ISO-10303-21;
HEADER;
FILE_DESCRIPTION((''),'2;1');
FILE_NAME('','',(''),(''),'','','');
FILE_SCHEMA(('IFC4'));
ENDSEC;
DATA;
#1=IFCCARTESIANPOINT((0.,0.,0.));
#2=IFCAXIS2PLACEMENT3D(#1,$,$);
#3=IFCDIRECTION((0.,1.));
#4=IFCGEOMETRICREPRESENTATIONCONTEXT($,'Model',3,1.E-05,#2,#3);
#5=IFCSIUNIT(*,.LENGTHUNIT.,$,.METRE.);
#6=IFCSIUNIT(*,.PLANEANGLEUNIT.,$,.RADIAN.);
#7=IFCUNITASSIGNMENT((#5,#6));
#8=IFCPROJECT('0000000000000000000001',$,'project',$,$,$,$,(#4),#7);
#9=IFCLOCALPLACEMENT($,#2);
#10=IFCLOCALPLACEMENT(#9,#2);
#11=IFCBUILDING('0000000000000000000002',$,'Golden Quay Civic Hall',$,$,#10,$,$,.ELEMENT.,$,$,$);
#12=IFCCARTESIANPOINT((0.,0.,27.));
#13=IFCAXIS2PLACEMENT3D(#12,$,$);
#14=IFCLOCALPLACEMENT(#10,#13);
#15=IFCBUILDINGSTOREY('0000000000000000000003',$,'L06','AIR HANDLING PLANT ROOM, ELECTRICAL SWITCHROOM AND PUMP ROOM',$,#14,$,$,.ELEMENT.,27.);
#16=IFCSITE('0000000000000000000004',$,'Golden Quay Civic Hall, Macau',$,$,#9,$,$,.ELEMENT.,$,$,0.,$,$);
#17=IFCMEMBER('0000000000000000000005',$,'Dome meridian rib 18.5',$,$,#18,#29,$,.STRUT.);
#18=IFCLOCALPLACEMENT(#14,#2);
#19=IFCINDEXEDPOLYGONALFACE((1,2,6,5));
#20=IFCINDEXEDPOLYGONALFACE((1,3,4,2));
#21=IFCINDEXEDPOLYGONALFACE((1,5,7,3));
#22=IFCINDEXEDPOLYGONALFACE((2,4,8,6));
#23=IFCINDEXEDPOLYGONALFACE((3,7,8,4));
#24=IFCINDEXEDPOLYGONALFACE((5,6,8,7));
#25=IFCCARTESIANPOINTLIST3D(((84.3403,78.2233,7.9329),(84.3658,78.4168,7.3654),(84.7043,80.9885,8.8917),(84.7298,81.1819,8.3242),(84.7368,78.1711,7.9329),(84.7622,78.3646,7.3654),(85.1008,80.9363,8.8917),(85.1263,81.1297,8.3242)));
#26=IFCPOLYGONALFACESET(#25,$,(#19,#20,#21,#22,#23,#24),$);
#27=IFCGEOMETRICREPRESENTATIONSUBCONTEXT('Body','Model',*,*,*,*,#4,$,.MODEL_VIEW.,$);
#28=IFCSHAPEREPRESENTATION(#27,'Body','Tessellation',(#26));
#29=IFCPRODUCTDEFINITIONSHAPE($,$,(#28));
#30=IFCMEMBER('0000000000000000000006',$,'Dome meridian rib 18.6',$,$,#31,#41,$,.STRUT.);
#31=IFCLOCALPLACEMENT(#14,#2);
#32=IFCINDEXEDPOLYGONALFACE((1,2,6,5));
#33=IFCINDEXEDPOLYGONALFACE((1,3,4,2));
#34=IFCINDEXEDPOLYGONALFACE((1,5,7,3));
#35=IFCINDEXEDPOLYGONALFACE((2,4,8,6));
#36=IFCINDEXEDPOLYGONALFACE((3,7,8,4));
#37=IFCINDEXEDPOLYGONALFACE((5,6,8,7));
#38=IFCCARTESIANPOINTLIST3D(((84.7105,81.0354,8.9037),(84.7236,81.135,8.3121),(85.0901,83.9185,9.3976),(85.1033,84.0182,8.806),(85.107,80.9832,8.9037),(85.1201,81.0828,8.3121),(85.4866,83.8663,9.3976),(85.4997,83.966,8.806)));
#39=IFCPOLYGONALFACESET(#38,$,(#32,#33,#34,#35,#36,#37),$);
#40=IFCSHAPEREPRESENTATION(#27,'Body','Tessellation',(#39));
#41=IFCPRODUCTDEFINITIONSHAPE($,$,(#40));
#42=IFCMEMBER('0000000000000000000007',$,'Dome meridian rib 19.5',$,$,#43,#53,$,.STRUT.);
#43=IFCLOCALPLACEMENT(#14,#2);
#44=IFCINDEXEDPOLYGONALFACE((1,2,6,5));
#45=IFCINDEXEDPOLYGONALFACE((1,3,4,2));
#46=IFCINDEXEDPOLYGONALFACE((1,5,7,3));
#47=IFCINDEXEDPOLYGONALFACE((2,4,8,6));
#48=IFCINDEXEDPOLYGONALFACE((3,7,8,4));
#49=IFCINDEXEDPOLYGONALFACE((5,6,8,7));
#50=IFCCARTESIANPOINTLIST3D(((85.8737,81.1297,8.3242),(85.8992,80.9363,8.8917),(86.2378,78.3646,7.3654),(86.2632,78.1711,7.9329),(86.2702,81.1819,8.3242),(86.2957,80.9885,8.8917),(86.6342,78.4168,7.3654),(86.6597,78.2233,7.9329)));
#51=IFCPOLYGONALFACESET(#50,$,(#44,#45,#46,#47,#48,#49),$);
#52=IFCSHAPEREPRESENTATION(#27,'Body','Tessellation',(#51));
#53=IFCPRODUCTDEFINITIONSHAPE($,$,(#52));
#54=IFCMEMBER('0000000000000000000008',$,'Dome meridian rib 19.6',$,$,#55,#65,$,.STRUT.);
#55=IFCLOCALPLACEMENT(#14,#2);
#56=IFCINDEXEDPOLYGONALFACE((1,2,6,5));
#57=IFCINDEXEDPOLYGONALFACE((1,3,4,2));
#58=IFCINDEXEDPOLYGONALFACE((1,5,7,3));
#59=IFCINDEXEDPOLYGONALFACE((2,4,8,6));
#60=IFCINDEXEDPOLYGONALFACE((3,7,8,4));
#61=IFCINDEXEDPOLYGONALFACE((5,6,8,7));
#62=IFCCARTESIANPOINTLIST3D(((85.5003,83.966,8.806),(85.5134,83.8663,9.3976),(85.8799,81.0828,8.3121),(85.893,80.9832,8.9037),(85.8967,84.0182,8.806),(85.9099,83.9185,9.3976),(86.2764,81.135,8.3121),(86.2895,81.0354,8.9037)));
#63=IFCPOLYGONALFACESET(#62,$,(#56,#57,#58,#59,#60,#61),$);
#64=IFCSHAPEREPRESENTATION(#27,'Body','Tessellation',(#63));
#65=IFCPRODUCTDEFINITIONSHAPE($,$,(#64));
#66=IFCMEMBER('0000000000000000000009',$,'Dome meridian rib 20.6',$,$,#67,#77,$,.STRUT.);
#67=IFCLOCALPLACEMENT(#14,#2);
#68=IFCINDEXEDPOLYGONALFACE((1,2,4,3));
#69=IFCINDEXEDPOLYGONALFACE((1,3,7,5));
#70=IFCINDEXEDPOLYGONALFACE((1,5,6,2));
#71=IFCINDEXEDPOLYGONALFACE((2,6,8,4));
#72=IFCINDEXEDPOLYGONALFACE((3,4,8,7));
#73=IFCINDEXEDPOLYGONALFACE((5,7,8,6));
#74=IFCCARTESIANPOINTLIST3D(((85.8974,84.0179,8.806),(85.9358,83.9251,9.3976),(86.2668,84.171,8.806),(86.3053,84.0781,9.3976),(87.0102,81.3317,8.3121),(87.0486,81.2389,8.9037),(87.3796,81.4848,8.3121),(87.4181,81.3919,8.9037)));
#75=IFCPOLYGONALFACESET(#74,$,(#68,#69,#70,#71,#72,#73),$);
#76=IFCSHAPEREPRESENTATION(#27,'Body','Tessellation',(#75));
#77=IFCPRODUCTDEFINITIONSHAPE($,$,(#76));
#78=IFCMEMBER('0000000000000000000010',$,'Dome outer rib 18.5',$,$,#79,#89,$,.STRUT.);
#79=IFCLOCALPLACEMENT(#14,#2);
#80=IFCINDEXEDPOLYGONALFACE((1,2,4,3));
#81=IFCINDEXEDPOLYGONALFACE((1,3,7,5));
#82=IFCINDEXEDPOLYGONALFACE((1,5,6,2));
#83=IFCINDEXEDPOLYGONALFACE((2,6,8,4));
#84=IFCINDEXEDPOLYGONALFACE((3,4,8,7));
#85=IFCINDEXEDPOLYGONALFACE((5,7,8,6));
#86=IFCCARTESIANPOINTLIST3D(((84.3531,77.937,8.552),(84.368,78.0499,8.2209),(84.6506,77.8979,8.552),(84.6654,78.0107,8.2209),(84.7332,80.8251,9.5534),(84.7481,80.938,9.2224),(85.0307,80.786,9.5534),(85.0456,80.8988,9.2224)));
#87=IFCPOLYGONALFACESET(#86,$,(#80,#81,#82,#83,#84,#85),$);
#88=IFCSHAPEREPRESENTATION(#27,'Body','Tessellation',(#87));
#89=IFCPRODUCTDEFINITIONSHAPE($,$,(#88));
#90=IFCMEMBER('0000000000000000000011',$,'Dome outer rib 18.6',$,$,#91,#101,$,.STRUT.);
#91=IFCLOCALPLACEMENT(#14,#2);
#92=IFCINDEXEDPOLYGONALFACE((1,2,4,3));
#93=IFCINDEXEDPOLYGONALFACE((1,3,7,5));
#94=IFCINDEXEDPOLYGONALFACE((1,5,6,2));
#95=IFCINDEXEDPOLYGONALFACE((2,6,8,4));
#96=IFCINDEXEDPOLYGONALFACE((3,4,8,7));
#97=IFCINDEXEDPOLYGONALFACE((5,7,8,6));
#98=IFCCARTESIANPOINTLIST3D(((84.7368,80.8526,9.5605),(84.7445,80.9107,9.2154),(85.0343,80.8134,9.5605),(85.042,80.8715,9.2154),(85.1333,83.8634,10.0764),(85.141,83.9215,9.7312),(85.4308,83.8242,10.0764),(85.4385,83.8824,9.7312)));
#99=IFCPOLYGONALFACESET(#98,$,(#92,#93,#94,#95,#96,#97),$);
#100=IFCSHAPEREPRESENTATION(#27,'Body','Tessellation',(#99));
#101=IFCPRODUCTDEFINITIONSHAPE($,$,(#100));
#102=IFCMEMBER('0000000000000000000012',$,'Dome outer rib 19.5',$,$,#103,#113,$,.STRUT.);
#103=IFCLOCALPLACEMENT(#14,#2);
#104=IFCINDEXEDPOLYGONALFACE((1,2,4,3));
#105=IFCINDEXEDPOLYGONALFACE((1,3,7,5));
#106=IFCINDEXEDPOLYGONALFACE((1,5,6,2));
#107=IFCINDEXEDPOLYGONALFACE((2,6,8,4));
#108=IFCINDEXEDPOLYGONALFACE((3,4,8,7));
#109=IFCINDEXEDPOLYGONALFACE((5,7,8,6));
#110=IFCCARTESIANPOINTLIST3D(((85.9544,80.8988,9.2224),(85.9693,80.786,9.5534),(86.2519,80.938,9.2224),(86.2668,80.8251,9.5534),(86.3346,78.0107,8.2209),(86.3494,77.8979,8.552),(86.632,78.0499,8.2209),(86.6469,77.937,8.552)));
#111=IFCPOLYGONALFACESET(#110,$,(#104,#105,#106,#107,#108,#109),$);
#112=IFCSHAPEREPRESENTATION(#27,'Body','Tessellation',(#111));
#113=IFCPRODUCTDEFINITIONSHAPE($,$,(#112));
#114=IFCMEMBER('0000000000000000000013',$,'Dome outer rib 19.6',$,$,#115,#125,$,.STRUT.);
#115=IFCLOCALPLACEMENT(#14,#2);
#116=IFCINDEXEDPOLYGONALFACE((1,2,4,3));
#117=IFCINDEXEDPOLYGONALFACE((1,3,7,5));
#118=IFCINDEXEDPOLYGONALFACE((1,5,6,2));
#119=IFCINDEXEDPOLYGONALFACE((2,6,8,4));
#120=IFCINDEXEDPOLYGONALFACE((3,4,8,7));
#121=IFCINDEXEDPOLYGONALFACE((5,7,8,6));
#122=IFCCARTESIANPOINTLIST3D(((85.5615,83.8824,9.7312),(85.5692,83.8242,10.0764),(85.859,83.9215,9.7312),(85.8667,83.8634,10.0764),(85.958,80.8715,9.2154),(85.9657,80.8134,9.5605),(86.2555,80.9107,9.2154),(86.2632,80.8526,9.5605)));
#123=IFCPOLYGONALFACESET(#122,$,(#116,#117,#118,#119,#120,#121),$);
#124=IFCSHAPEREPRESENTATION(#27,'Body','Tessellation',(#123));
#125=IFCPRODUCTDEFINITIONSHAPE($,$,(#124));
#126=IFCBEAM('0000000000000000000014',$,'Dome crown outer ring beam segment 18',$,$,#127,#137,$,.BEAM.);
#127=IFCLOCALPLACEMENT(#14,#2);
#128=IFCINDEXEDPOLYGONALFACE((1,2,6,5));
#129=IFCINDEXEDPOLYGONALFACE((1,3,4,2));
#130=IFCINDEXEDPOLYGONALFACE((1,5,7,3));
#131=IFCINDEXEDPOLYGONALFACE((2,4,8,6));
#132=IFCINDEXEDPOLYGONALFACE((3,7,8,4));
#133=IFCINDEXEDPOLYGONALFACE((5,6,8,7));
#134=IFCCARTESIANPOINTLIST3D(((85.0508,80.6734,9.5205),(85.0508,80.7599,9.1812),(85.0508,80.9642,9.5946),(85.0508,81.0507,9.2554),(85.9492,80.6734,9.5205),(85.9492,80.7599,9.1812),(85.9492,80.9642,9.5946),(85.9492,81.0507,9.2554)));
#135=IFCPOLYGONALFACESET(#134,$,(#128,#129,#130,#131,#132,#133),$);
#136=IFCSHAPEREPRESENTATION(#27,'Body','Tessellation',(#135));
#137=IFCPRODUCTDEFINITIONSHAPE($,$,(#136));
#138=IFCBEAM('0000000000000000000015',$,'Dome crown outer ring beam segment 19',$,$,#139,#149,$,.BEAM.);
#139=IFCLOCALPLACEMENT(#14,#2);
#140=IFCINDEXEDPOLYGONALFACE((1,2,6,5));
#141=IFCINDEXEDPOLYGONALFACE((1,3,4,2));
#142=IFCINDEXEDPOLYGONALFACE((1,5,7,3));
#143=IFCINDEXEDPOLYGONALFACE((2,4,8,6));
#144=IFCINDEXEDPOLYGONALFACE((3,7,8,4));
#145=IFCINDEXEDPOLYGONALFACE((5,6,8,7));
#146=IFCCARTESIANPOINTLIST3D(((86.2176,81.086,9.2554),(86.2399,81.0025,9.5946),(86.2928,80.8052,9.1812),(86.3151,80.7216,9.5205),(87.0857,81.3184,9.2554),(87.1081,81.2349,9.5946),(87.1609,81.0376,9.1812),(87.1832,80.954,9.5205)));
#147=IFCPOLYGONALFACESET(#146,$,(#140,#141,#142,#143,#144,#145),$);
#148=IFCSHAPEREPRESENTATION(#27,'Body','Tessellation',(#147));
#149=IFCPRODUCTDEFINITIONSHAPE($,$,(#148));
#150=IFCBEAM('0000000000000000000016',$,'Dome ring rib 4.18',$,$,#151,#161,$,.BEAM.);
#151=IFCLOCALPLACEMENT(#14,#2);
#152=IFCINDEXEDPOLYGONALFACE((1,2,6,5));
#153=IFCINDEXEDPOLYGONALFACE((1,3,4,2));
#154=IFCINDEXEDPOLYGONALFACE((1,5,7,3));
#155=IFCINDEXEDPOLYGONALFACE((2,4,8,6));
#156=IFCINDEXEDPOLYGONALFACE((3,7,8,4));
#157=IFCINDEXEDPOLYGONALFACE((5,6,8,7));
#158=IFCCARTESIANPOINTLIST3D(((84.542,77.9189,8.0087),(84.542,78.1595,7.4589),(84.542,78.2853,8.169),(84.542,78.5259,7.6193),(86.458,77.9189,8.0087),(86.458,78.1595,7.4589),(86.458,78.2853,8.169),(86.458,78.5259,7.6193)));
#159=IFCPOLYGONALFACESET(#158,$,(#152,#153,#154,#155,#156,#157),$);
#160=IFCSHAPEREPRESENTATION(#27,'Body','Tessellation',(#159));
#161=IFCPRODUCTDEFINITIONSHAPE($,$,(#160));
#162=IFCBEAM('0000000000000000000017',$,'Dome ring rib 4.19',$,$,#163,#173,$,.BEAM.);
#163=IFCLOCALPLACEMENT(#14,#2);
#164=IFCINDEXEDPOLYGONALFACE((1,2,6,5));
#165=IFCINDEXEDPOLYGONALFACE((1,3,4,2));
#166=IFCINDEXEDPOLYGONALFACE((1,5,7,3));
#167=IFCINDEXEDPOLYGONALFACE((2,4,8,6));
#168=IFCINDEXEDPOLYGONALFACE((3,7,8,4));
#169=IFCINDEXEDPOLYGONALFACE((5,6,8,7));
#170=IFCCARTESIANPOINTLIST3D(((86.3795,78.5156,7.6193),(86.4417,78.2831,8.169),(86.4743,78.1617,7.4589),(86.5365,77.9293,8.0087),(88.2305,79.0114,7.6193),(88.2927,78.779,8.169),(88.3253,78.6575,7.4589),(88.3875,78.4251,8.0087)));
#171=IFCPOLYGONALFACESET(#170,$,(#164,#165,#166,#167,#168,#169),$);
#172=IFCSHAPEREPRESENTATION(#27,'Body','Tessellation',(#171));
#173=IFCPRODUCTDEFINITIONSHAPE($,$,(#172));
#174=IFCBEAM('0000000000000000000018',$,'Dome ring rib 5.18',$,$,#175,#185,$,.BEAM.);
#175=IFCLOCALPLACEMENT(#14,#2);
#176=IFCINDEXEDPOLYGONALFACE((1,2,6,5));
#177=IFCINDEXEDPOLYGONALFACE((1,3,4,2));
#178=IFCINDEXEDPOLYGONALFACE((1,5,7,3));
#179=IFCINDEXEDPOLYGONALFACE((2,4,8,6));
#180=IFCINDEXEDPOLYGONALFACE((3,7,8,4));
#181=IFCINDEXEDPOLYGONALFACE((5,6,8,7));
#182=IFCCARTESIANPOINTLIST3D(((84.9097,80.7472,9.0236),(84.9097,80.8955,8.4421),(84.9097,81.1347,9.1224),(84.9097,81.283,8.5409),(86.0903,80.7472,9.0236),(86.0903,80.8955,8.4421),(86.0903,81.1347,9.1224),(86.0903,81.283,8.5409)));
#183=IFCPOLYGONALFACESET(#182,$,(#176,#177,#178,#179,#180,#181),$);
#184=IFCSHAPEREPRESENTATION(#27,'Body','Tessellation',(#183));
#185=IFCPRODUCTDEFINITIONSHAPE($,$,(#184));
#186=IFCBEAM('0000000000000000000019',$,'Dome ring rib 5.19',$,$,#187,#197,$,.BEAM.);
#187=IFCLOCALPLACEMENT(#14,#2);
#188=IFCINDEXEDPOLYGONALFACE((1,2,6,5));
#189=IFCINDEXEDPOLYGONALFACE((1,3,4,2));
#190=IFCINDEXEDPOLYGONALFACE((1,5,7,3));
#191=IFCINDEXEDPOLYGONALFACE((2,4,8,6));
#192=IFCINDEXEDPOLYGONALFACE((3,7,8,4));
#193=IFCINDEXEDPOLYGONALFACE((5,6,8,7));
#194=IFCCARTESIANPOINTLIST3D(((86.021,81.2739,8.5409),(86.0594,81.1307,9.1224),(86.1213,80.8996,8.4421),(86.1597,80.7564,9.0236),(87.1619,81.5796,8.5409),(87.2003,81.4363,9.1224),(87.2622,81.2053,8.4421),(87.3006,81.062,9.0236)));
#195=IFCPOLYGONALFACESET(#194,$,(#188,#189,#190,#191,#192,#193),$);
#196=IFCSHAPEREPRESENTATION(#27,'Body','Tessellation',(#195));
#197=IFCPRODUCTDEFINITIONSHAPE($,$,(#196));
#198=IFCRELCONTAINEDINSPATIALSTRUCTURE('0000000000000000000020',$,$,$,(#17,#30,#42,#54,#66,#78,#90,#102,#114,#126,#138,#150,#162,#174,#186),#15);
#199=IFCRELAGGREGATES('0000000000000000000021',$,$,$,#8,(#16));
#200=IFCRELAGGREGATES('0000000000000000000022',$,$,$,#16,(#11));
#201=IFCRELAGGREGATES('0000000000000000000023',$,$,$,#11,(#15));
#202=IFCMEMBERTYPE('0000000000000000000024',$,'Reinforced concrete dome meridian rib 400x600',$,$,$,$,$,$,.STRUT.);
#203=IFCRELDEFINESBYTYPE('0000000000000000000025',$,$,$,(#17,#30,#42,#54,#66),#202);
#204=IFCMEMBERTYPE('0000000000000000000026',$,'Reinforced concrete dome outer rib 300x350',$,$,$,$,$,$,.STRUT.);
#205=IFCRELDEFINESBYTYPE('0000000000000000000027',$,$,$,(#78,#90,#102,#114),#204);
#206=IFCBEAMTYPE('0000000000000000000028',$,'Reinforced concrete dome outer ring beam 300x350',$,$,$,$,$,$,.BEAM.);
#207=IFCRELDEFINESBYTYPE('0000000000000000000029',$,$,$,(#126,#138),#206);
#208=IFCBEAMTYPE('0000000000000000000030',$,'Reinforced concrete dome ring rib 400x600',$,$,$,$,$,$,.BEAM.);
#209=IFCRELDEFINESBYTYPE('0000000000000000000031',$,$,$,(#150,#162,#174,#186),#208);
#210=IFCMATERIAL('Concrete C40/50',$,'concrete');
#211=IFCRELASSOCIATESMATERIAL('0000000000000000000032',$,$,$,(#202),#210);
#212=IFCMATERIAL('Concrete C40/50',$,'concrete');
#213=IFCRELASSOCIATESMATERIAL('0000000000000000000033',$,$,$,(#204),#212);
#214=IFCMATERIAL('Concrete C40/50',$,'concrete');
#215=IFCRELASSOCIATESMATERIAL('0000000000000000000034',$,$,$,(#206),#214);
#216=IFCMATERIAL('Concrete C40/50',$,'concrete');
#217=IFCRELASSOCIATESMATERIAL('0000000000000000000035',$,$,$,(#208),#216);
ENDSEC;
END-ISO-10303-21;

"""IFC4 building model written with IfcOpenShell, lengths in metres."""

from ifc_helpers import new_model, si_unit, direction, frame, origin, origin_2d, place, context, subcontext, project, spatial, rectangle, extrude, material, material_profile, profile_set, type_object, element, save


model = new_model("IFC4")

# Units and contexts
model_context = context("Model", 3, precision=1e-05, world=origin(), true_north=direction((0.0, 1.0)))
body_context = subcontext(model_context, "Body", "Model", "MODEL_VIEW")
ifc_project = project(units=[si_unit("LENGTHUNIT", "METRE"), si_unit("PLANEANGLEUNIT", "RADIAN")], contexts=[model_context])

# Site, building, storey
site_placement = place(None, origin())
site = spatial("IfcSite", under=ifc_project, at=site_placement, Name="Golden Quay Civic Hall, Macau", CompositionType="ELEMENT", RefElevation=0.0)
building_placement = place(site_placement, origin())
building = spatial("IfcBuilding", under=site, at=building_placement, Name="Golden Quay Civic Hall", CompositionType="ELEMENT")
storey_placement = place(building_placement, frame((0.0, 0.0, 27.0)))
storey = spatial("IfcBuildingStorey", under=building, at=storey_placement, Name="L06", Description="AIR HANDLING PLANT ROOM, ELECTRICAL SWITCHROOM AND PUMP ROOM", CompositionType="ELEMENT", Elevation=27.0)

# Members
ifc_material_1 = material(Name="Concrete C40/50", Category="concrete")
ifc_material_profile_1 = material_profile(ifc_material_1, rectangle(XDim=0.3999, YDim=0.6001, at=origin_2d()), Name="RC 400x600")
ifc_profile_set_1 = profile_set([ifc_material_profile_1], Name="Concrete C40/50")
member_type_1 = type_object("IfcMemberType", Name="Reinforced concrete dome meridian rib 400x600", PredefinedType="STRUT", material=ifc_profile_set_1)
member_1_placement = place(storey_placement, frame((84.5513, 78.2939, 7.6492), z_axis=(0.123429, 0.937595, 0.325087), x_axis=(-0.991446, 0.130518, 0.0)))
element("IfcMember", 1, at=member_1_placement, inside=storey, type_object=member_type_1, Name="Dome meridian rib 18.5", PredefinedType="STRUT", context=body_context, shape_type="SweptSolid", body=[
    extrude(rectangle(XDim=0.3999, YDim=0.6001, at=origin_2d()), origin(), (0.0, 0.0, 1.0), 2.9492),
])
member_2_placement = place(storey_placement, frame((84.9153, 81.0591, 8.6079), z_axis=(0.128709, 0.977444, 0.167446), x_axis=(-0.991441, 0.130552, 0.0)))
element("IfcMember", 2, at=member_2_placement, inside=storey, type_object=member_type_1, Name="Dome meridian rib 18.6", PredefinedType="STRUT", context=body_context, shape_type="SweptSolid", body=[
    extrude(rectangle(XDim=0.3999, YDim=0.6001, at=origin_2d()), origin(), (0.0, 0.0, 1.0), 2.9497),
])
member_3_placement = place(storey_placement, frame((86.4487, 78.2939, 7.6492), z_axis=(-0.123429, 0.937595, 0.325087), x_axis=(-0.991446, -0.130518, 0.0)))
element("IfcMember", 3, at=member_3_placement, inside=storey, type_object=member_type_1, Name="Dome meridian rib 19.5", PredefinedType="STRUT", context=body_context, shape_type="SweptSolid", body=[
    extrude(rectangle(XDim=0.3999, YDim=0.6001, at=origin_2d()), origin(), (0.0, 0.0, 1.0), 2.9492),
])
member_4_placement = place(storey_placement, frame((86.0847, 81.0591, 8.6079), z_axis=(-0.128709, 0.977444, 0.167446), x_axis=(-0.991441, -0.130552, 0.0)))
element("IfcMember", 4, at=member_4_placement, inside=storey, type_object=member_type_1, Name="Dome meridian rib 19.6", PredefinedType="STRUT", context=body_context, shape_type="SweptSolid", body=[
    extrude(rectangle(XDim=0.3999, YDim=0.6001, at=origin_2d()), origin(), (0.0, 0.0, 1.0), 2.9497),
])
member_5_placement = place(storey_placement, frame((87.2141, 81.3618, 8.6079), z_axis=(-0.377308, 0.910821, 0.167463), x_axis=(-0.923867, -0.382713, 0.0)))
element("IfcMember", 5, at=member_5_placement, inside=storey, type_object=member_type_1, Name="Dome meridian rib 20.6", PredefinedType="STRUT", context=body_context, shape_type="SweptSolid", body=[
    extrude(rectangle(XDim=0.3999, YDim=0.6001, at=origin_2d()), origin(), (0.0, 0.0, 1.0), 2.9492),
])
ifc_material_2 = material(Name="Concrete C40/50", Category="concrete")
ifc_material_profile_2 = material_profile(ifc_material_2, rectangle(XDim=0.3, YDim=0.3501, at=origin_2d()), Name="RC 300x350")
ifc_profile_set_2 = profile_set([ifc_material_profile_2], Name="Concrete C40/50")
member_type_2 = type_object("IfcMemberType", Name="Reinforced concrete dome outer rib 300x350", PredefinedType="STRUT", material=ifc_profile_set_2)
for number, where, z_axis, x_axis, name in (
    (6, (84.5093, 77.9739, 8.3865), (0.123401, 0.937592, 0.325106), (-0.99145, 0.130489, 0.0), "Dome outer rib 18.5"),
    (7, (84.8894, 80.8621, 9.3879), (0.128719, 0.977437, 0.167477), (-0.99144, 0.130563, 0.0), "Dome outer rib 18.6"),
    (8, (86.4907, 77.9739, 8.3865), (-0.123401, 0.937592, 0.325106), (-0.99145, -0.130489, 0.0), "Dome outer rib 19.5"),
    (9, (86.1106, 80.8621, 9.3879), (-0.128719, 0.977437, 0.167477), (-0.99144, -0.130563, 0.0), "Dome outer rib 19.6"),
):
    element("IfcMember", number, at=place(storey_placement, frame(where, z_axis=z_axis, x_axis=x_axis)), inside=storey, type_object=member_type_2, Name=name, PredefinedType="STRUT", context=body_context, shape_type="SweptSolid", body=[
        extrude(rectangle(XDim=0.3, YDim=0.3501, at=origin_2d()), origin(), (0.0, 0.0, 1.0), 3.0803),
    ])

# Beams
ifc_material_3 = material(Name="Concrete C40/50", Category="concrete")
ifc_material_profile_3 = material_profile(ifc_material_3, rectangle(XDim=0.3, YDim=0.3501, at=origin_2d()), Name="RC 300x350")
ifc_profile_set_3 = profile_set([ifc_material_profile_3], Name="Concrete C40/50")
beam_type_1 = type_object("IfcBeamType", Name="Reinforced concrete dome outer ring beam 300x350", PredefinedType="BEAM", material=ifc_profile_set_3)
beam_1_placement = place(storey_placement, frame((85.0508, 80.8621, 9.3879), z_axis=(1.0, 0.0, 0.0), x_axis=(0.0, 0.968992, 0.247094)))
element("IfcBeam", 10, at=beam_1_placement, inside=storey, type_object=beam_type_1, Name="Dome crown outer ring beam segment 18", PredefinedType="BEAM", context=body_context, shape_type="SweptSolid", body=[
    extrude(rectangle(XDim=0.3, YDim=0.3501, at=origin_2d()), origin(), (0.0, 0.0, 1.0), 0.8984),
])
beam_2_placement = place(storey_placement, frame((86.2664, 80.9038, 9.3879), z_axis=(0.965982, 0.258609, 0.0), x_axis=(-0.25059, 0.936028, 0.247094)))
element("IfcBeam", 11, at=beam_2_placement, inside=storey, type_object=beam_type_1, Name="Dome crown outer ring beam segment 19", PredefinedType="BEAM", context=body_context, shape_type="SweptSolid", body=[
    extrude(rectangle(XDim=0.3, YDim=0.3501, at=origin_2d()), origin(), (0.0, 0.0, 1.0), 0.8987),
])
ifc_material_4 = material(Name="Concrete C40/50", Category="concrete")
ifc_material_profile_4 = material_profile(ifc_material_4, rectangle(XDim=0.3999, YDim=0.6001, at=origin_2d()), Name="RC 400x600")
ifc_profile_set_4 = profile_set([ifc_material_profile_4], Name="Concrete C40/50")
beam_type_2 = type_object("IfcBeamType", Name="Reinforced concrete dome ring rib 400x600", PredefinedType="BEAM", material=ifc_profile_set_4)
beam_3_placement = place(storey_placement, frame((84.542, 78.2224, 7.814), z_axis=(1.0, 0.0, 0.0), x_axis=(0.0, 0.916096, 0.400958)))
element("IfcBeam", 12, at=beam_3_placement, inside=storey, type_object=beam_type_2, Name="Dome ring rib 4.18", PredefinedType="BEAM", context=body_context, shape_type="SweptSolid", body=[
    extrude(rectangle(XDim=0.3999, YDim=0.6001, at=origin_2d()), origin(), (0.0, 0.0, 1.0), 1.916),
])
beam_4_placement = place(storey_placement, frame((86.458, 78.2224, 7.814), z_axis=(0.965945, 0.258749, 0.0), x_axis=(-0.237039, 0.884898, 0.400958)))
element("IfcBeam", 13, at=beam_4_placement, inside=storey, type_object=beam_type_2, Name="Dome ring rib 4.19", PredefinedType="BEAM", context=body_context, shape_type="SweptSolid", body=[
    extrude(rectangle(XDim=0.3999, YDim=0.6001, at=origin_2d()), origin(), (0.0, 0.0, 1.0), 1.9163),
])
beam_5_placement = place(storey_placement, frame((84.9097, 81.0151, 8.7822), z_axis=(1.0, 0.0, 0.0), x_axis=(0.0, 0.968992, 0.247094)))
element("IfcBeam", 14, at=beam_5_placement, inside=storey, type_object=beam_type_2, Name="Dome ring rib 5.18", PredefinedType="BEAM", context=body_context, shape_type="SweptSolid", body=[
    extrude(rectangle(XDim=0.3999, YDim=0.6001, at=origin_2d()), origin(), (0.0, 0.0, 1.0), 1.1807),
])
beam_6_placement = place(storey_placement, frame((86.0903, 81.0151, 8.7822), z_axis=(0.965932, 0.258795, 0.0), x_axis=(-0.25077, 0.93598, 0.247094)))
element("IfcBeam", 15, at=beam_6_placement, inside=storey, type_object=beam_type_2, Name="Dome ring rib 5.19", PredefinedType="BEAM", context=body_context, shape_type="SweptSolid", body=[
    extrude(rectangle(XDim=0.3999, YDim=0.6001, at=origin_2d()), origin(), (0.0, 0.0, 1.0), 1.1812),
])

save(model, "model.ifc")
